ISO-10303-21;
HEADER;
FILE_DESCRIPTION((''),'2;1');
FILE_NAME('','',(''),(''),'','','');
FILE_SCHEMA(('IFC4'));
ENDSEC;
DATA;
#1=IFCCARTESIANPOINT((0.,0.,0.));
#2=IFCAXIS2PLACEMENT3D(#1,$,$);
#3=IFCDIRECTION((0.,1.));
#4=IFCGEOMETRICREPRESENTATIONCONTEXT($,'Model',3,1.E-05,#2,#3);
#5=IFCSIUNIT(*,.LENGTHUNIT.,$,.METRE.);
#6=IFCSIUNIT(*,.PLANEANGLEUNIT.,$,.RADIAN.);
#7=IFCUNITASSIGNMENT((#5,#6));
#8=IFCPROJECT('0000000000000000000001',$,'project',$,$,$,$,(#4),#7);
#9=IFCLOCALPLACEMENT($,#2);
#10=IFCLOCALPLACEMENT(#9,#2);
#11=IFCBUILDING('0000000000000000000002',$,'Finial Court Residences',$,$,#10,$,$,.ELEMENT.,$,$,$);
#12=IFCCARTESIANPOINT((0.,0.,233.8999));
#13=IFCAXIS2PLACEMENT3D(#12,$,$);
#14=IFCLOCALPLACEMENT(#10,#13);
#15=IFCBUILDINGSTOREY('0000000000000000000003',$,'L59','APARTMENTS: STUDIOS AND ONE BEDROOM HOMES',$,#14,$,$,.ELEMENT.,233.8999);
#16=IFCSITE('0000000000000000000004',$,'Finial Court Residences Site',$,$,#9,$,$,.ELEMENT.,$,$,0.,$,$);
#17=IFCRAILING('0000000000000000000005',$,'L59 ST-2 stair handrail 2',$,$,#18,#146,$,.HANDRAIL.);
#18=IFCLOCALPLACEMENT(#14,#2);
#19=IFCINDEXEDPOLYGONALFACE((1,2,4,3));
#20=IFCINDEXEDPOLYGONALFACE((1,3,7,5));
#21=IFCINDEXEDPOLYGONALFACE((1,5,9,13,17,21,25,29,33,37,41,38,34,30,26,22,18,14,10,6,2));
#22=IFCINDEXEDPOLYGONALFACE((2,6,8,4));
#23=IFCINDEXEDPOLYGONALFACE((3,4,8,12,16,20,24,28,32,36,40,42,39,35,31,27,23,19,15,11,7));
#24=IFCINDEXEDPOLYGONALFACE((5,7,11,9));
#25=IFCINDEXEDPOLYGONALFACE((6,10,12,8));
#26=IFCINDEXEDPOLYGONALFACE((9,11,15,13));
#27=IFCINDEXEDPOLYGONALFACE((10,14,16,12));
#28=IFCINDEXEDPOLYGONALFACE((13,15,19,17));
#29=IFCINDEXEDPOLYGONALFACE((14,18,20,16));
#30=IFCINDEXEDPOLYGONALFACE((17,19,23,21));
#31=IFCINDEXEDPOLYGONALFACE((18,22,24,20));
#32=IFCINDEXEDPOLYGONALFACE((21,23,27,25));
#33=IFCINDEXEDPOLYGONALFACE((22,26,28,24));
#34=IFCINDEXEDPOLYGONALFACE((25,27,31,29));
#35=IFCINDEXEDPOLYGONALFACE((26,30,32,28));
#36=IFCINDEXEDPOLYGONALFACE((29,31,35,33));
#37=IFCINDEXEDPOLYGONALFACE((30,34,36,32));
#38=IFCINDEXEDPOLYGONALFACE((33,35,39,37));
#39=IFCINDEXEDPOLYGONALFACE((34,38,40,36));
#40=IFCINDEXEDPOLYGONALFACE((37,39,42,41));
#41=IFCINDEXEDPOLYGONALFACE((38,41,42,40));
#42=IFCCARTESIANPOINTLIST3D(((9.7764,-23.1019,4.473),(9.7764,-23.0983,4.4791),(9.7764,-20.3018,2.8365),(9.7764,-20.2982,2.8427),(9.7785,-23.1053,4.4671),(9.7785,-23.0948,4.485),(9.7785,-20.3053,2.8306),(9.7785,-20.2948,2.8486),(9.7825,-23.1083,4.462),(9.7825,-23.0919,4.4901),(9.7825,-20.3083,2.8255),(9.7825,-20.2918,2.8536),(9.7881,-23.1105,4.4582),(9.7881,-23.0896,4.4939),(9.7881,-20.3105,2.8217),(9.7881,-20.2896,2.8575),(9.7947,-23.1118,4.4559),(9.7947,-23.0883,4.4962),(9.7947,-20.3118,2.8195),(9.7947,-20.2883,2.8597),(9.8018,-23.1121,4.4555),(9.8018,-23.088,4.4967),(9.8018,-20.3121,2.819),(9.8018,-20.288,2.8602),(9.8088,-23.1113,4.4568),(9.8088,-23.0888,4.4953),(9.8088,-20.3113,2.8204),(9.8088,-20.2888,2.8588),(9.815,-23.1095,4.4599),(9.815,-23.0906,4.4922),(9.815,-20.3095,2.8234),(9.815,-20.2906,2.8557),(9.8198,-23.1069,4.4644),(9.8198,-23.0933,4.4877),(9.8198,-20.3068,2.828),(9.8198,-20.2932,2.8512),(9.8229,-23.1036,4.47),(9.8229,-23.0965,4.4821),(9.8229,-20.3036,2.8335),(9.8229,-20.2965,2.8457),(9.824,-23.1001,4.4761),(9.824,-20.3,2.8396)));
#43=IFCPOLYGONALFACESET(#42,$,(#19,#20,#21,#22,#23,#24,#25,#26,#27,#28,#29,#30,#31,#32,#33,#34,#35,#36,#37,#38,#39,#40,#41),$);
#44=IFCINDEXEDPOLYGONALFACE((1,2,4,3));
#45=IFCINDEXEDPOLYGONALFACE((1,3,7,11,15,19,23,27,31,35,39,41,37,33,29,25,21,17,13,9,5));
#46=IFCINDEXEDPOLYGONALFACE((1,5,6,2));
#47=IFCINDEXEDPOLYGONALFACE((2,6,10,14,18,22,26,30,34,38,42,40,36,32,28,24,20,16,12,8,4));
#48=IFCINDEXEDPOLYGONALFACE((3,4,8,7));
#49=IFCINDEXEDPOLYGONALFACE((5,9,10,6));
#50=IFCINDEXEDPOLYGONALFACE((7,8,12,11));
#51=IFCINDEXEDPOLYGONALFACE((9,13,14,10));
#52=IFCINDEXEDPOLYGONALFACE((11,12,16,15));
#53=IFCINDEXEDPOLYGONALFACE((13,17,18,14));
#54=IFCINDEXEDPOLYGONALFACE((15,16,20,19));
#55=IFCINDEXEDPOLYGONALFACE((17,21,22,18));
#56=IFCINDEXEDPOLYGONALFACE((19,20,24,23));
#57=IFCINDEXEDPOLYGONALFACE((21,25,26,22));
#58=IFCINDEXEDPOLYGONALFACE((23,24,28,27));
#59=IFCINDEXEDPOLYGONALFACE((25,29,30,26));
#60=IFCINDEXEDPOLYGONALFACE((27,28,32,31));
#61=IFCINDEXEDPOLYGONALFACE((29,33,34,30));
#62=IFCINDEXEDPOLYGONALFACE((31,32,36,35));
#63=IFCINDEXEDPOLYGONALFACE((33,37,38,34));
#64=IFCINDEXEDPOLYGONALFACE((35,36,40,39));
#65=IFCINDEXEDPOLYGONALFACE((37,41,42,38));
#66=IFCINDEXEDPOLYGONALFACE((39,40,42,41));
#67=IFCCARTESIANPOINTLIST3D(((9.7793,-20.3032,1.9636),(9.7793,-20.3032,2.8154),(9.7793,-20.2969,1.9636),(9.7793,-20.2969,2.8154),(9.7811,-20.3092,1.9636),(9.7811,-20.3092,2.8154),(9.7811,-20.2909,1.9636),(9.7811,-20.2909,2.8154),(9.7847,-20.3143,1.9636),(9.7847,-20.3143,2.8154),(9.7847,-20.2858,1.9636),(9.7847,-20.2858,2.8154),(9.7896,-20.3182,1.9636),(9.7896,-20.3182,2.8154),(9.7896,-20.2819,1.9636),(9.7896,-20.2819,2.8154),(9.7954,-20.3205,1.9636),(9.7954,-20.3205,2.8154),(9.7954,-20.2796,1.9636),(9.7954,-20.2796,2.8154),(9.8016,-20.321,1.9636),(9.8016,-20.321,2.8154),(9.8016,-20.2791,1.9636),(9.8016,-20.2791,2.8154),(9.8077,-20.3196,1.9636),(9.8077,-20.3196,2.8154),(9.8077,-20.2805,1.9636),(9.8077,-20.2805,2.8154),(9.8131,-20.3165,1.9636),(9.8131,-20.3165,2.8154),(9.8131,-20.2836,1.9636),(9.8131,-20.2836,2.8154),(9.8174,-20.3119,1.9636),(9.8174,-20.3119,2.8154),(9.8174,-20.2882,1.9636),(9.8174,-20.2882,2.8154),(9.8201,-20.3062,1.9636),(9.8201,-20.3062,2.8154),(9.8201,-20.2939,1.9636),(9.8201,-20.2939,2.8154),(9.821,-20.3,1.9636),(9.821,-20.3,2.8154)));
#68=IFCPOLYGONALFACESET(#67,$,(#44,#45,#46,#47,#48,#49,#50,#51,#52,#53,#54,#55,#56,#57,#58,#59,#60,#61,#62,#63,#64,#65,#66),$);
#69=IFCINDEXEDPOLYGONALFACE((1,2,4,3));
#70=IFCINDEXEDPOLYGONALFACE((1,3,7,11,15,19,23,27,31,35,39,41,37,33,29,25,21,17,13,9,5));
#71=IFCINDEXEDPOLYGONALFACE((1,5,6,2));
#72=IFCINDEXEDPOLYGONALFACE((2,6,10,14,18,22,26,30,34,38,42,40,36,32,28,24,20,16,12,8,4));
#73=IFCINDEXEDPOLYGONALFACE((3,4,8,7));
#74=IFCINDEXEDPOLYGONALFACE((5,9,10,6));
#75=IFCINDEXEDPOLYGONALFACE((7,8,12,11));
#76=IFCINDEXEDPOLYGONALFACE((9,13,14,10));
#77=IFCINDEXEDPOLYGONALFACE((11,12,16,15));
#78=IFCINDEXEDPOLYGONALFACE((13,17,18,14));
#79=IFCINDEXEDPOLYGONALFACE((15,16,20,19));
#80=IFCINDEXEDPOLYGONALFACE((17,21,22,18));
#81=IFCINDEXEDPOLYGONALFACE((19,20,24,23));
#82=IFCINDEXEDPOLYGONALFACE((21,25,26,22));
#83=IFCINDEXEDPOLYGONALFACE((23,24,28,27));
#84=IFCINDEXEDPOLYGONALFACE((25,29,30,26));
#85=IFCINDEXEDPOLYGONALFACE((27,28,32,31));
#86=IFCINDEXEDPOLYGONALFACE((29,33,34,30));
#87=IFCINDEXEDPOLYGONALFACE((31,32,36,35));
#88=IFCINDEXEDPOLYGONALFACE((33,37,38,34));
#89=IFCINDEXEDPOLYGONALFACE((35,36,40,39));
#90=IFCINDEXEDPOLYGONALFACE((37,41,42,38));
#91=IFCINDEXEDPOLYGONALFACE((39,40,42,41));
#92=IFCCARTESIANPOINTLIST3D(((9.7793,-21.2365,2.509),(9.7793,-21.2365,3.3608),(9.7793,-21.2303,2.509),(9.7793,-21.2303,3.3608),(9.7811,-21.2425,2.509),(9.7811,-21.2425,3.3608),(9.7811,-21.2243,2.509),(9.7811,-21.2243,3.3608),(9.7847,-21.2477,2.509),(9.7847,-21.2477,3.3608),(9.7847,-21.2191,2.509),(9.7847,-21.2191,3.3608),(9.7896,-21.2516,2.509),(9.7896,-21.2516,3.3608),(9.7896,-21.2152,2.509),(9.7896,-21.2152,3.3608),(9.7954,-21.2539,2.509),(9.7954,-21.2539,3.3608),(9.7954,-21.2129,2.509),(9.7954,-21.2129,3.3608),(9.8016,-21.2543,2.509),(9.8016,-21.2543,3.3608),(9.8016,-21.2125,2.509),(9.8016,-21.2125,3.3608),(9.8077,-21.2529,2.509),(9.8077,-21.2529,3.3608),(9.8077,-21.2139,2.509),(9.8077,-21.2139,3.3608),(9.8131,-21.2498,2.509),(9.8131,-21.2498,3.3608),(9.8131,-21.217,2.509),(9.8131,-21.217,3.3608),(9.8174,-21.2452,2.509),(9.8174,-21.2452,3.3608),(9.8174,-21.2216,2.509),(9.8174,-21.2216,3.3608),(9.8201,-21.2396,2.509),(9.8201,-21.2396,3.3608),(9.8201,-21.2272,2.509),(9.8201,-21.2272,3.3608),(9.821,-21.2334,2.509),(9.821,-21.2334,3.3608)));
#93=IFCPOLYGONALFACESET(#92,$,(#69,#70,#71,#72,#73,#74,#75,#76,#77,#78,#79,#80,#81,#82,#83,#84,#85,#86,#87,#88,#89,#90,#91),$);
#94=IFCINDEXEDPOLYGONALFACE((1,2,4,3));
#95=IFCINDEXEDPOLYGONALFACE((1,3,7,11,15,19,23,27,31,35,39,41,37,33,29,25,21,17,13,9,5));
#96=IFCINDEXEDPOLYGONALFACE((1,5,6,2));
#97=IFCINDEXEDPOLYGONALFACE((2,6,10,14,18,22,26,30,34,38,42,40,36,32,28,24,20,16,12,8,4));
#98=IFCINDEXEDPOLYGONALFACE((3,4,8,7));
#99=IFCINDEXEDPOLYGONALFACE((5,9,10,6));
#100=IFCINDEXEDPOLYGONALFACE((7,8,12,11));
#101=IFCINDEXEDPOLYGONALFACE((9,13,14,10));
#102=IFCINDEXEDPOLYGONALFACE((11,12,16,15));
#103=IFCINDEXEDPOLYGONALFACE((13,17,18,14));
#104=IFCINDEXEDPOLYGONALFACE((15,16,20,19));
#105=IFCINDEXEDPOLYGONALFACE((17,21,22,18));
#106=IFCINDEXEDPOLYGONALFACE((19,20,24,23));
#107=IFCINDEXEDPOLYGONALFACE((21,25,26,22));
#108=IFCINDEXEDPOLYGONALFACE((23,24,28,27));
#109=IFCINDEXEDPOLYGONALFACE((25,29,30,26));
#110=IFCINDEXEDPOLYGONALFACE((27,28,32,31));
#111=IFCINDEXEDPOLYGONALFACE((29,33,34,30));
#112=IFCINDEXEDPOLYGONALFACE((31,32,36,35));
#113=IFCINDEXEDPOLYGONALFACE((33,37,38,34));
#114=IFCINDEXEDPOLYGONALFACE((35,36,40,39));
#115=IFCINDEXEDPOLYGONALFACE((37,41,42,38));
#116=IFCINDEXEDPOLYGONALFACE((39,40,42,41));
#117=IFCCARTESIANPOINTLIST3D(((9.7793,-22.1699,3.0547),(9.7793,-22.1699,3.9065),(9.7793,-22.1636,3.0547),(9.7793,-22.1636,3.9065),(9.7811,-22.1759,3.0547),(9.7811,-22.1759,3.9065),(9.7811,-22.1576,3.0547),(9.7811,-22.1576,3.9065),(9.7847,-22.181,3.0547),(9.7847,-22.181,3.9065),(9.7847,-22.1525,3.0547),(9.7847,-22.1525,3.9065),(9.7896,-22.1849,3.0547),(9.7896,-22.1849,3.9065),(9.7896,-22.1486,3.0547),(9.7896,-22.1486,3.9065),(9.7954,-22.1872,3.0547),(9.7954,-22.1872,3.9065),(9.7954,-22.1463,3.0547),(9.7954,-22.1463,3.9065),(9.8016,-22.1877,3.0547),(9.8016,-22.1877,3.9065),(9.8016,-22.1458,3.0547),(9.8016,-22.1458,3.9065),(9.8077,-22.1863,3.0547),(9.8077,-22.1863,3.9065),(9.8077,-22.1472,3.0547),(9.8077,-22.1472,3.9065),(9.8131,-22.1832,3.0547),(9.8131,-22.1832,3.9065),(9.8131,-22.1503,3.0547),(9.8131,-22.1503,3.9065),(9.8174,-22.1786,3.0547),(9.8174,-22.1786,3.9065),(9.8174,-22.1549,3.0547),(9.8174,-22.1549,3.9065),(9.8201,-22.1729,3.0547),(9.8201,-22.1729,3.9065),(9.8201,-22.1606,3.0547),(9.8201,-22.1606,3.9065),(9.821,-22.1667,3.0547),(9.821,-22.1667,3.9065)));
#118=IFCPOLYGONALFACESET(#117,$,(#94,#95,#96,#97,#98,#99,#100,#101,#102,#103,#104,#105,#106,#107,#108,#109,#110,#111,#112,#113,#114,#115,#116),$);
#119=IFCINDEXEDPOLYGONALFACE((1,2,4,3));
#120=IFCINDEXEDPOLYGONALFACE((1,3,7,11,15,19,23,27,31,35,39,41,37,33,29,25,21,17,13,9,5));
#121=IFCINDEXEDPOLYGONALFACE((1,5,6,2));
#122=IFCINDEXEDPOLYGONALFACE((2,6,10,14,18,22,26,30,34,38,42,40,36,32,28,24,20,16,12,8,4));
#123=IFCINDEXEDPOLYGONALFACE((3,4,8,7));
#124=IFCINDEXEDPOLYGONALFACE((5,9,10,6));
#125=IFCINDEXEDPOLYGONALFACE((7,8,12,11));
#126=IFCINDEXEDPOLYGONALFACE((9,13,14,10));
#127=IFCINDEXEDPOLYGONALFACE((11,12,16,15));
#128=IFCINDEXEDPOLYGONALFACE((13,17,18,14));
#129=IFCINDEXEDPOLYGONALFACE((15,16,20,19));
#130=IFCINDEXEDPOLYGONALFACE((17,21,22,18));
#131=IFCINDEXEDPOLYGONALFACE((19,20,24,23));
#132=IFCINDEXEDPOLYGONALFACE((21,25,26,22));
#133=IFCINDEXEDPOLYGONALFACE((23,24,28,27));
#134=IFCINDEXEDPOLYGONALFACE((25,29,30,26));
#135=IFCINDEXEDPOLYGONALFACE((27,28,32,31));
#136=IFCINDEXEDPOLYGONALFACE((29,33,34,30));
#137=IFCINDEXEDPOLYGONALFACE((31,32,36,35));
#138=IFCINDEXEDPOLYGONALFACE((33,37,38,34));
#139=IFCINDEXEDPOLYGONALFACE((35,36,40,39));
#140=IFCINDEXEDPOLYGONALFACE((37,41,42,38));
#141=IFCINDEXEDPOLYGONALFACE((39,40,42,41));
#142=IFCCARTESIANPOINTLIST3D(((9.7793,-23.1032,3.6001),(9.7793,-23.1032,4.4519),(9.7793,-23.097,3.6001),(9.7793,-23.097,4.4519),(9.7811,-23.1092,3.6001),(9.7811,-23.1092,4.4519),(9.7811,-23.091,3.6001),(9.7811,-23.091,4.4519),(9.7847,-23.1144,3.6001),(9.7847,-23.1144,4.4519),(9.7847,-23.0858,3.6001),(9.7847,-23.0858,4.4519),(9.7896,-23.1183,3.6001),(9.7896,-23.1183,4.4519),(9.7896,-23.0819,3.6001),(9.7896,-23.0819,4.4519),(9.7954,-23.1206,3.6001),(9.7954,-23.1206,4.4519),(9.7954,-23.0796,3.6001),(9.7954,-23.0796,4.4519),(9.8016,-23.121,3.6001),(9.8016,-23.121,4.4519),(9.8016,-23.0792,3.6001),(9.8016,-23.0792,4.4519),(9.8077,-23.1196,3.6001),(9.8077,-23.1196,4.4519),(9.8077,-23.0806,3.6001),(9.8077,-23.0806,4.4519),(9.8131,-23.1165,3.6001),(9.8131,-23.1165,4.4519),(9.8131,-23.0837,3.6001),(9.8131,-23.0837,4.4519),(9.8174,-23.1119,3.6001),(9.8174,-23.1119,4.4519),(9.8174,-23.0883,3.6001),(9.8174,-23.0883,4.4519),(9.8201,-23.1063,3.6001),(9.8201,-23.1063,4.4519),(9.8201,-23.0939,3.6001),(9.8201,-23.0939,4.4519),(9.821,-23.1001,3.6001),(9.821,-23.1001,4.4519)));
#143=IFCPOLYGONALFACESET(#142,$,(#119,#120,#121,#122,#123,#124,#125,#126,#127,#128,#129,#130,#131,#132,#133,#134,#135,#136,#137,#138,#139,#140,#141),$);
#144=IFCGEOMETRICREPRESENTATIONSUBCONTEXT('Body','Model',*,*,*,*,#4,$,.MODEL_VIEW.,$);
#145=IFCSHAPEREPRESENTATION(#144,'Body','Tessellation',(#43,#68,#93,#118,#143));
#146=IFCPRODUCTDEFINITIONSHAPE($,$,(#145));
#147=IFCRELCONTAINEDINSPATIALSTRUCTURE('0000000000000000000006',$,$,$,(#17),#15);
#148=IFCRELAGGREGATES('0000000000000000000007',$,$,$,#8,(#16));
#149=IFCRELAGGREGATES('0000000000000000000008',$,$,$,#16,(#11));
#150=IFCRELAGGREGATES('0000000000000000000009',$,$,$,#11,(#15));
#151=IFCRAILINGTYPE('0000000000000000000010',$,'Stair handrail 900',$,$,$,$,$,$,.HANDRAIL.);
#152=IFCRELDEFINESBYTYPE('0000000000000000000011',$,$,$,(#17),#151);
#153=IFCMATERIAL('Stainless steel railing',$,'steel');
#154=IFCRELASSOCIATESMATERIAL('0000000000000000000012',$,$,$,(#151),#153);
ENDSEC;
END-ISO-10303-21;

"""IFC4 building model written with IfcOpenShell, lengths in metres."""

from ifc_helpers import new_model, si_unit, direction, frame, origin, origin_2d, place, context, subcontext, project, spatial, circle, extrude, material, type_object, element, save


model = new_model("IFC4")

# Units and contexts
model_context = context("Model", 3, precision=1e-05, world=origin(), true_north=direction((0.0, 1.0)))
body_context = subcontext(model_context, "Body", "Model", "MODEL_VIEW")
ifc_project = project(units=[si_unit("LENGTHUNIT", "METRE"), si_unit("PLANEANGLEUNIT", "RADIAN")], contexts=[model_context])

# Site, building, storey
site_placement = place(None, origin())
site = spatial("IfcSite", under=ifc_project, at=site_placement, Name="Finial Court Residences Site", CompositionType="ELEMENT", RefElevation=0.0)
building_placement = place(site_placement, origin())
building = spatial("IfcBuilding", under=site, at=building_placement, Name="Finial Court Residences", CompositionType="ELEMENT")
storey_placement = place(building_placement, frame((0.0, 0.0, 233.8999)))
storey = spatial("IfcBuildingStorey", under=building, at=storey_placement, Name="L59", Description="APARTMENTS: STUDIOS AND ONE BEDROOM HOMES", CompositionType="ELEMENT", Elevation=233.8999)

# Railing
ifc_material_1 = material(Name="Stainless steel railing", Category="steel")
railing_type_1 = type_object("IfcRailingType", Name="Stair handrail 900", PredefinedType="HANDRAIL", material=ifc_material_1)
railing_1_placement = place(storey_placement, frame((9.8, -20.3, 1.9636)))
element("IfcRailing", 1, at=railing_1_placement, inside=storey, type_object=railing_type_1, Name="L59 ST-2 stair handrail 2", PredefinedType="HANDRAIL", context=body_context, shape_type="SweptSolid", body=[
    extrude(circle(Radius=0.0239, at=origin_2d()), frame((0.0, 0.0, 0.876), z_axis=(0.0, -0.863361, 0.504587), x_axis=(1.0, 0.0, 0.0)), (0.0, 0.0, 1.0), 3.2432),
    extrude(circle(Radius=0.021, at=origin_2d()), origin(), (0.0, 0.0, 1.0), 0.8518),
    extrude(circle(Radius=0.021, at=origin_2d()), frame((0.0, -0.9333, 0.5454)), (0.0, 0.0, 1.0), 0.8518),
    extrude(circle(Radius=0.021, at=origin_2d()), frame((0.0, -1.8667, 1.0911)), (0.0, 0.0, 1.0), 0.8518),
    extrude(circle(Radius=0.021, at=origin_2d()), frame((0.0, -2.8, 1.6365)), (0.0, 0.0, 1.0), 0.8518),
])

save(model, "model.ifc")
